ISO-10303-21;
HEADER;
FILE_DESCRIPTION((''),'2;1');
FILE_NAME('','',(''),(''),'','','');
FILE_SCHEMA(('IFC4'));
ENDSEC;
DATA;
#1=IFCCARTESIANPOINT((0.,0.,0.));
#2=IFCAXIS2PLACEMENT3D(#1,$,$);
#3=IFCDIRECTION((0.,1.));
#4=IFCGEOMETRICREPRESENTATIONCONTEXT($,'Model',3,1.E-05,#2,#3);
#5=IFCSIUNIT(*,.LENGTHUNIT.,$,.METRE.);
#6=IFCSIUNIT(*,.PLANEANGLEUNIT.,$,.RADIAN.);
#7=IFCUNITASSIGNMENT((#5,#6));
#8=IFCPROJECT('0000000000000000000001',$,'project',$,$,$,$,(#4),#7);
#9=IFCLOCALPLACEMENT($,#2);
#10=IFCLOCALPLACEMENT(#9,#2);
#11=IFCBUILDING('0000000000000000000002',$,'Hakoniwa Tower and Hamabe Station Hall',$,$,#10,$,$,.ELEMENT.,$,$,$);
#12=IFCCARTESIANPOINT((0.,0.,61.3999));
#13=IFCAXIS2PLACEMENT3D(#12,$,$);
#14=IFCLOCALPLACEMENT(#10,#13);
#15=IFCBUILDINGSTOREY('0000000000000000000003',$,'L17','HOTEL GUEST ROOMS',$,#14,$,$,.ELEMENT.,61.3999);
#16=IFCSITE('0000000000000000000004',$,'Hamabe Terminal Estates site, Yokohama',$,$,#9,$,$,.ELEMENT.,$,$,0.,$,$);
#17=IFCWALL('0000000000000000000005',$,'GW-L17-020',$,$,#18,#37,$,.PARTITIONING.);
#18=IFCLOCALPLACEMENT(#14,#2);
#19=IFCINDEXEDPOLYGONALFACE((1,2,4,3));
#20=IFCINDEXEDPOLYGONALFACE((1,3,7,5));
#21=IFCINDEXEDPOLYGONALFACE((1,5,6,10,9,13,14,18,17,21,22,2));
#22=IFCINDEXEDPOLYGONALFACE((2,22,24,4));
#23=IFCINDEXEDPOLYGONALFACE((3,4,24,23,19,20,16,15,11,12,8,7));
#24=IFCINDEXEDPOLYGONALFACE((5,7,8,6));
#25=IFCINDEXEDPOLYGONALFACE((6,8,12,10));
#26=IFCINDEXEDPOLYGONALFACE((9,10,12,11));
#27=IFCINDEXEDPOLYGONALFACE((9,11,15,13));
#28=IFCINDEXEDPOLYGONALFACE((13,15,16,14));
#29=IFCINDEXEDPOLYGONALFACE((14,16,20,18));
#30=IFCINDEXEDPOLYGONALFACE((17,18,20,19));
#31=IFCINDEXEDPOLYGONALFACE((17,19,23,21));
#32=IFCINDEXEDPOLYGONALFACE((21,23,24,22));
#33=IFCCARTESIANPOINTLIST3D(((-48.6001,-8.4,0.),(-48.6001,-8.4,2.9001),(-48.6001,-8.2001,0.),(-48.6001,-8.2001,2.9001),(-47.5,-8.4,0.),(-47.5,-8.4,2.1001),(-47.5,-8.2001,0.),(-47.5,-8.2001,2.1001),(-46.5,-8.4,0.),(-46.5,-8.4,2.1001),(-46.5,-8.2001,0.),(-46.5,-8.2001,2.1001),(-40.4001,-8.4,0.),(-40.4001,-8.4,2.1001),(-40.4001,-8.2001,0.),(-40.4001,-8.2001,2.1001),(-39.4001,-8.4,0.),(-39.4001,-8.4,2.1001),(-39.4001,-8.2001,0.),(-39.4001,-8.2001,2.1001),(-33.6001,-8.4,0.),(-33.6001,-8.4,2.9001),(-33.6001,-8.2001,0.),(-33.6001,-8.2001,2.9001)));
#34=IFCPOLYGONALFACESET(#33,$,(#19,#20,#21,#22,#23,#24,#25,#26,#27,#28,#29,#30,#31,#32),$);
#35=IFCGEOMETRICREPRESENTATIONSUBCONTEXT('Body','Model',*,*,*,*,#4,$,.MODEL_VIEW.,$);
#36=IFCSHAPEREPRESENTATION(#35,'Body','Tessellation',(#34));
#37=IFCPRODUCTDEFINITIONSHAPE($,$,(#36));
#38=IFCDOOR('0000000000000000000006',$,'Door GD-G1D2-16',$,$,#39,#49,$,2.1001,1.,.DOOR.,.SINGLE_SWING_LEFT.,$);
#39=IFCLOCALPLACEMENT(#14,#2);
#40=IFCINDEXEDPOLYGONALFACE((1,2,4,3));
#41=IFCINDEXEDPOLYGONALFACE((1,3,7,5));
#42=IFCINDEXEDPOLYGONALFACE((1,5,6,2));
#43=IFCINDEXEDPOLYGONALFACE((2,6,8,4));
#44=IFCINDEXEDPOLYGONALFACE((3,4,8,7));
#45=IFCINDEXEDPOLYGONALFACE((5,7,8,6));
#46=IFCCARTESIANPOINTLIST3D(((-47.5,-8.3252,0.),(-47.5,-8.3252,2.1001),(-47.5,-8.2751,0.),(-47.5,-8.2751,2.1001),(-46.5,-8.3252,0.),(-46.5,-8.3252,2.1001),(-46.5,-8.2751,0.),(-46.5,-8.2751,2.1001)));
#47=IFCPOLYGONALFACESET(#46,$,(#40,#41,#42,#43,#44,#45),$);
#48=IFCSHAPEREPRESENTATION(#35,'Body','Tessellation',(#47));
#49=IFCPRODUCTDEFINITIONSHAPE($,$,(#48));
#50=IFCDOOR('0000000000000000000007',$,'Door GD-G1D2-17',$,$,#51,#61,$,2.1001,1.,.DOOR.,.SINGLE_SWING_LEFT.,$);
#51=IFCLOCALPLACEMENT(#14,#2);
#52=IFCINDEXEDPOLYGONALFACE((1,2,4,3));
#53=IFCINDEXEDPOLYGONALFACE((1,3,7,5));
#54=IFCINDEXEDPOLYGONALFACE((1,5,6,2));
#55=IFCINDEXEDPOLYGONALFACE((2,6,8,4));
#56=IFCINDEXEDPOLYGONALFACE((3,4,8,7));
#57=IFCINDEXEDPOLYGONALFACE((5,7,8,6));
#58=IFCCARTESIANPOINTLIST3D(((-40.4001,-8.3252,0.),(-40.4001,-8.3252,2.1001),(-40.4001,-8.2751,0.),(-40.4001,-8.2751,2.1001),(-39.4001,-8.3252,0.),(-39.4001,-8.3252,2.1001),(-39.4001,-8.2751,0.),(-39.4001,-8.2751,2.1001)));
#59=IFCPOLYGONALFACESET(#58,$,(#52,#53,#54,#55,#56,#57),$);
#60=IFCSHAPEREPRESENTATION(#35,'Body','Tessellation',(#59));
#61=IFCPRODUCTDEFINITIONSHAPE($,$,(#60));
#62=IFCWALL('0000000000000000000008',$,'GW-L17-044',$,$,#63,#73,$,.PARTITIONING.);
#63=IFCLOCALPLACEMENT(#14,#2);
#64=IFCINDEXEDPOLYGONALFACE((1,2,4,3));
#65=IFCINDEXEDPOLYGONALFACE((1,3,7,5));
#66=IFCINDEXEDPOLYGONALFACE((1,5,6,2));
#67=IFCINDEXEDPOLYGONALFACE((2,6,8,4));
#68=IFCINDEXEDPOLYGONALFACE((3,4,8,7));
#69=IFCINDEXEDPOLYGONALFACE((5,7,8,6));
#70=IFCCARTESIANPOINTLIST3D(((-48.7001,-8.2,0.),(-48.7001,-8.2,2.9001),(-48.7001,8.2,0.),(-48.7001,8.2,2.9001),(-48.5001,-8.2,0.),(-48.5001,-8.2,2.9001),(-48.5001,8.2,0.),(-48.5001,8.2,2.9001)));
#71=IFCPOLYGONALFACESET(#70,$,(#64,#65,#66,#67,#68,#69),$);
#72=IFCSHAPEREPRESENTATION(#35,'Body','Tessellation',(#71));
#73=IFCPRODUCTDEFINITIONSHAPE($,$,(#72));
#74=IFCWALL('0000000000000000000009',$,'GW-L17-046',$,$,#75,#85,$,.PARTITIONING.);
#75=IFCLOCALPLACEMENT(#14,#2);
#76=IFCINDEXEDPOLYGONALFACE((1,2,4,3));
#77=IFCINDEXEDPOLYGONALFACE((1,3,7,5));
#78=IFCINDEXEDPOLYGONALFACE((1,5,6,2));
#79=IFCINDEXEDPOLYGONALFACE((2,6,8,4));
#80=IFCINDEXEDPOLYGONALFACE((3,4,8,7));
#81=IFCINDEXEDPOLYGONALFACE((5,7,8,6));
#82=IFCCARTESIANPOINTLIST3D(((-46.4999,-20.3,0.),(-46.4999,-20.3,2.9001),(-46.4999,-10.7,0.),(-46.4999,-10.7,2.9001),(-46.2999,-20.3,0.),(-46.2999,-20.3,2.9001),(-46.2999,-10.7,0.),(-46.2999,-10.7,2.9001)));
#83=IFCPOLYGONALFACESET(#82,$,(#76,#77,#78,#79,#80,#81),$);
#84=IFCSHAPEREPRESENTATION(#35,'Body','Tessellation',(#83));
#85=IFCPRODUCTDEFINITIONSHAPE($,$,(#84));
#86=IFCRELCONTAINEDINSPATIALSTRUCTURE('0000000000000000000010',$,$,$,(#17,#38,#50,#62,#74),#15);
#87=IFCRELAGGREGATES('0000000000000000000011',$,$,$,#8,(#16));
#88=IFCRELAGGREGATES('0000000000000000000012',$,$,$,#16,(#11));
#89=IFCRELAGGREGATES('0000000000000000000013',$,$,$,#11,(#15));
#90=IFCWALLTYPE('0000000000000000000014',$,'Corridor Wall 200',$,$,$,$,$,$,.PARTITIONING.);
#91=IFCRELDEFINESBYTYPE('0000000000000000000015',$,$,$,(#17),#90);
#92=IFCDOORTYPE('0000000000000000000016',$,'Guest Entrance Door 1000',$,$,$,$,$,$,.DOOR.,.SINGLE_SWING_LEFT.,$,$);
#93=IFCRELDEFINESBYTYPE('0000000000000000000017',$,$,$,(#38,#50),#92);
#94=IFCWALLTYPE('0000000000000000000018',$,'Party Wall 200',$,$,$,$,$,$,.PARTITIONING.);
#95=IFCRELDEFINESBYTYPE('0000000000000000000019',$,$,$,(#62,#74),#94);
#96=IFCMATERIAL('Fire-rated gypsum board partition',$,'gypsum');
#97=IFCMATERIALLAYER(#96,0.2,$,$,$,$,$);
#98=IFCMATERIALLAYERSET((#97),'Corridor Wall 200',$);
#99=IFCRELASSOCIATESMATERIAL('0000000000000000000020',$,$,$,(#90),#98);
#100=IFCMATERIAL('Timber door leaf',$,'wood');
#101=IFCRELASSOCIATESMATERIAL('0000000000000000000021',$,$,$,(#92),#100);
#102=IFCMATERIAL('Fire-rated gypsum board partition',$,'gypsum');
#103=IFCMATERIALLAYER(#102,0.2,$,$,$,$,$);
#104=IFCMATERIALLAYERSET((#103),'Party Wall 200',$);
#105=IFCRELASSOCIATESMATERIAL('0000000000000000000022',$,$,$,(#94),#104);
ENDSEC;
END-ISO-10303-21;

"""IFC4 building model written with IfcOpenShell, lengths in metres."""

from ifc_helpers import new_model, si_unit, direction, frame, frame_2d, origin, place, context, subcontext, project, spatial, rectangle, extrude, material, layer, layer_set, type_object, element, fill, save


model = new_model("IFC4")

# Units and contexts
model_context = context("Model", 3, precision=1e-05, world=origin(), true_north=direction((0.0, 1.0)))
body_context = subcontext(model_context, "Body", "Model", "MODEL_VIEW")
ifc_project = project(units=[si_unit("LENGTHUNIT", "METRE"), si_unit("PLANEANGLEUNIT", "RADIAN")], contexts=[model_context])

# Site, building, storey
site_placement = place(None, origin())
site = spatial("IfcSite", under=ifc_project, at=site_placement, Name="Hamabe Terminal Estates site, Yokohama", CompositionType="ELEMENT", RefElevation=0.0)
building_placement = place(site_placement, origin())
building = spatial("IfcBuilding", under=site, at=building_placement, Name="Hakoniwa Tower and Hamabe Station Hall", CompositionType="ELEMENT")
storey_placement = place(building_placement, frame((0.0, 0.0, 61.3999)))
storey = spatial("IfcBuildingStorey", under=building, at=storey_placement, Name="L17", Description="HOTEL GUEST ROOMS", CompositionType="ELEMENT", Elevation=61.3999)

# Wall, openings, doors
ifc_material_1 = material(Name="Fire-rated gypsum board partition", Category="gypsum")
ifc_layer_1 = layer(ifc_material_1, 0.2)
ifc_layer_set_1 = layer_set([ifc_layer_1], Name="Corridor Wall 200")
wall_type_1 = type_object("IfcWallType", Name="Corridor Wall 200", PredefinedType="PARTITIONING", material=ifc_layer_set_1)
ifc_material_2 = material(Name="Timber door leaf", Category="wood")
door_type_1 = type_object("IfcDoorType", Name="Guest Entrance Door 1000", OperationType="SINGLE_SWING_LEFT", PredefinedType="DOOR", material=ifc_material_2)
wall_1_placement = place(storey_placement, frame((-48.6001, -8.3, 0.0), z_axis=(0.0, 0.0, 1.0), x_axis=(1.0, 0.0, 0.0)))
wall_1 = element("IfcWall", 1, at=wall_1_placement, inside=storey, type_object=wall_type_1, Name="GW-L17-020", PredefinedType="PARTITIONING", context=body_context, shape_type="SweptSolid", body=[
    extrude(rectangle(XDim=15.0, YDim=0.2, at=frame_2d((7.5, 0.0))), origin(), (0.0, 0.0, 1.0), 2.9001),
])
opening_1_placement = place(wall_1_placement, frame((1.1001, 0.0, 0.0)))
opening_1 = element("IfcOpeningElement", 2, at=opening_1_placement, cuts=wall_1, PredefinedType="OPENING", context=body_context, shape_type="SweptSolid", body=[
    extrude(rectangle(XDim=1.0, YDim=2.1001, at=frame_2d((0.5, 1.05))), frame((0.0, 0.1099, 0.0), z_axis=(0.0, -1.0, 0.0), x_axis=(1.0, 0.0, 0.0)), (0.0, 0.0, 1.0), 0.22),
])
opening_2_placement = place(wall_1_placement, frame((8.2, 0.0, 0.0)))
opening_2 = element("IfcOpeningElement", 3, at=opening_2_placement, cuts=wall_1, PredefinedType="OPENING", context=body_context, shape_type="SweptSolid", body=[
    extrude(rectangle(XDim=1.0, YDim=2.1001, at=frame_2d((0.5, 1.05))), frame((0.0, 0.1099, 0.0), z_axis=(0.0, -1.0, 0.0), x_axis=(1.0, 0.0, 0.0)), (0.0, 0.0, 1.0), 0.22),
])
door_1_placement = place(opening_1_placement, origin())
door_1 = element("IfcDoor", 4, at=door_1_placement, inside=storey, type_object=door_type_1, Name="Door GD-G1D2-16", OperationType="SINGLE_SWING_LEFT", OverallHeight=2.1001, OverallWidth=1.0, PredefinedType="DOOR", context=body_context, shape_type="SweptSolid", body=[
    extrude(rectangle(XDim=1.0, YDim=2.1001, at=frame_2d((0.5, 1.05))), frame((0.0, 0.0249, 0.0), z_axis=(0.0, -1.0, 0.0), x_axis=(1.0, 0.0, 0.0)), (0.0, 0.0, 1.0), 0.05),
])
fill(opening_1, door_1)
door_2_placement = place(opening_2_placement, origin())
door_2 = element("IfcDoor", 5, at=door_2_placement, inside=storey, type_object=door_type_1, Name="Door GD-G1D2-17", OperationType="SINGLE_SWING_LEFT", OverallHeight=2.1001, OverallWidth=1.0, PredefinedType="DOOR", context=body_context, shape_type="SweptSolid", body=[
    extrude(rectangle(XDim=1.0, YDim=2.1001, at=frame_2d((0.5, 1.05))), frame((0.0, 0.0249, 0.0), z_axis=(0.0, -1.0, 0.0), x_axis=(1.0, 0.0, 0.0)), (0.0, 0.0, 1.0), 0.05),
])
fill(opening_2, door_2)

# Walls
ifc_material_3 = material(Name="Fire-rated gypsum board partition", Category="gypsum")
ifc_layer_2 = layer(ifc_material_3, 0.2)
ifc_layer_set_2 = layer_set([ifc_layer_2], Name="Party Wall 200")
wall_type_2 = type_object("IfcWallType", Name="Party Wall 200", PredefinedType="PARTITIONING", material=ifc_layer_set_2)
wall_2_placement = place(storey_placement, frame((-48.6001, -8.2, 0.0), z_axis=(0.0, 0.0, 1.0), x_axis=(0.0, 1.0, 0.0)))
element("IfcWall", 6, at=wall_2_placement, inside=storey, type_object=wall_type_2, Name="GW-L17-044", PredefinedType="PARTITIONING", context=body_context, shape_type="SweptSolid", body=[
    extrude(rectangle(XDim=16.3999, YDim=0.2, at=frame_2d((8.2, 0.0))), origin(), (0.0, 0.0, 1.0), 2.9001),
])
wall_3_placement = place(storey_placement, frame((-46.3999, -20.3, 0.0), z_axis=(0.0, 0.0, 1.0), x_axis=(0.0, 1.0, 0.0)))
element("IfcWall", 7, at=wall_3_placement, inside=storey, type_object=wall_type_2, Name="GW-L17-046", PredefinedType="PARTITIONING", context=body_context, shape_type="SweptSolid", body=[
    extrude(rectangle(XDim=9.6001, YDim=0.2, at=frame_2d((4.8, 0.0))), origin(), (0.0, 0.0, 1.0), 2.9001),
])

save(model, "model.ifc")
